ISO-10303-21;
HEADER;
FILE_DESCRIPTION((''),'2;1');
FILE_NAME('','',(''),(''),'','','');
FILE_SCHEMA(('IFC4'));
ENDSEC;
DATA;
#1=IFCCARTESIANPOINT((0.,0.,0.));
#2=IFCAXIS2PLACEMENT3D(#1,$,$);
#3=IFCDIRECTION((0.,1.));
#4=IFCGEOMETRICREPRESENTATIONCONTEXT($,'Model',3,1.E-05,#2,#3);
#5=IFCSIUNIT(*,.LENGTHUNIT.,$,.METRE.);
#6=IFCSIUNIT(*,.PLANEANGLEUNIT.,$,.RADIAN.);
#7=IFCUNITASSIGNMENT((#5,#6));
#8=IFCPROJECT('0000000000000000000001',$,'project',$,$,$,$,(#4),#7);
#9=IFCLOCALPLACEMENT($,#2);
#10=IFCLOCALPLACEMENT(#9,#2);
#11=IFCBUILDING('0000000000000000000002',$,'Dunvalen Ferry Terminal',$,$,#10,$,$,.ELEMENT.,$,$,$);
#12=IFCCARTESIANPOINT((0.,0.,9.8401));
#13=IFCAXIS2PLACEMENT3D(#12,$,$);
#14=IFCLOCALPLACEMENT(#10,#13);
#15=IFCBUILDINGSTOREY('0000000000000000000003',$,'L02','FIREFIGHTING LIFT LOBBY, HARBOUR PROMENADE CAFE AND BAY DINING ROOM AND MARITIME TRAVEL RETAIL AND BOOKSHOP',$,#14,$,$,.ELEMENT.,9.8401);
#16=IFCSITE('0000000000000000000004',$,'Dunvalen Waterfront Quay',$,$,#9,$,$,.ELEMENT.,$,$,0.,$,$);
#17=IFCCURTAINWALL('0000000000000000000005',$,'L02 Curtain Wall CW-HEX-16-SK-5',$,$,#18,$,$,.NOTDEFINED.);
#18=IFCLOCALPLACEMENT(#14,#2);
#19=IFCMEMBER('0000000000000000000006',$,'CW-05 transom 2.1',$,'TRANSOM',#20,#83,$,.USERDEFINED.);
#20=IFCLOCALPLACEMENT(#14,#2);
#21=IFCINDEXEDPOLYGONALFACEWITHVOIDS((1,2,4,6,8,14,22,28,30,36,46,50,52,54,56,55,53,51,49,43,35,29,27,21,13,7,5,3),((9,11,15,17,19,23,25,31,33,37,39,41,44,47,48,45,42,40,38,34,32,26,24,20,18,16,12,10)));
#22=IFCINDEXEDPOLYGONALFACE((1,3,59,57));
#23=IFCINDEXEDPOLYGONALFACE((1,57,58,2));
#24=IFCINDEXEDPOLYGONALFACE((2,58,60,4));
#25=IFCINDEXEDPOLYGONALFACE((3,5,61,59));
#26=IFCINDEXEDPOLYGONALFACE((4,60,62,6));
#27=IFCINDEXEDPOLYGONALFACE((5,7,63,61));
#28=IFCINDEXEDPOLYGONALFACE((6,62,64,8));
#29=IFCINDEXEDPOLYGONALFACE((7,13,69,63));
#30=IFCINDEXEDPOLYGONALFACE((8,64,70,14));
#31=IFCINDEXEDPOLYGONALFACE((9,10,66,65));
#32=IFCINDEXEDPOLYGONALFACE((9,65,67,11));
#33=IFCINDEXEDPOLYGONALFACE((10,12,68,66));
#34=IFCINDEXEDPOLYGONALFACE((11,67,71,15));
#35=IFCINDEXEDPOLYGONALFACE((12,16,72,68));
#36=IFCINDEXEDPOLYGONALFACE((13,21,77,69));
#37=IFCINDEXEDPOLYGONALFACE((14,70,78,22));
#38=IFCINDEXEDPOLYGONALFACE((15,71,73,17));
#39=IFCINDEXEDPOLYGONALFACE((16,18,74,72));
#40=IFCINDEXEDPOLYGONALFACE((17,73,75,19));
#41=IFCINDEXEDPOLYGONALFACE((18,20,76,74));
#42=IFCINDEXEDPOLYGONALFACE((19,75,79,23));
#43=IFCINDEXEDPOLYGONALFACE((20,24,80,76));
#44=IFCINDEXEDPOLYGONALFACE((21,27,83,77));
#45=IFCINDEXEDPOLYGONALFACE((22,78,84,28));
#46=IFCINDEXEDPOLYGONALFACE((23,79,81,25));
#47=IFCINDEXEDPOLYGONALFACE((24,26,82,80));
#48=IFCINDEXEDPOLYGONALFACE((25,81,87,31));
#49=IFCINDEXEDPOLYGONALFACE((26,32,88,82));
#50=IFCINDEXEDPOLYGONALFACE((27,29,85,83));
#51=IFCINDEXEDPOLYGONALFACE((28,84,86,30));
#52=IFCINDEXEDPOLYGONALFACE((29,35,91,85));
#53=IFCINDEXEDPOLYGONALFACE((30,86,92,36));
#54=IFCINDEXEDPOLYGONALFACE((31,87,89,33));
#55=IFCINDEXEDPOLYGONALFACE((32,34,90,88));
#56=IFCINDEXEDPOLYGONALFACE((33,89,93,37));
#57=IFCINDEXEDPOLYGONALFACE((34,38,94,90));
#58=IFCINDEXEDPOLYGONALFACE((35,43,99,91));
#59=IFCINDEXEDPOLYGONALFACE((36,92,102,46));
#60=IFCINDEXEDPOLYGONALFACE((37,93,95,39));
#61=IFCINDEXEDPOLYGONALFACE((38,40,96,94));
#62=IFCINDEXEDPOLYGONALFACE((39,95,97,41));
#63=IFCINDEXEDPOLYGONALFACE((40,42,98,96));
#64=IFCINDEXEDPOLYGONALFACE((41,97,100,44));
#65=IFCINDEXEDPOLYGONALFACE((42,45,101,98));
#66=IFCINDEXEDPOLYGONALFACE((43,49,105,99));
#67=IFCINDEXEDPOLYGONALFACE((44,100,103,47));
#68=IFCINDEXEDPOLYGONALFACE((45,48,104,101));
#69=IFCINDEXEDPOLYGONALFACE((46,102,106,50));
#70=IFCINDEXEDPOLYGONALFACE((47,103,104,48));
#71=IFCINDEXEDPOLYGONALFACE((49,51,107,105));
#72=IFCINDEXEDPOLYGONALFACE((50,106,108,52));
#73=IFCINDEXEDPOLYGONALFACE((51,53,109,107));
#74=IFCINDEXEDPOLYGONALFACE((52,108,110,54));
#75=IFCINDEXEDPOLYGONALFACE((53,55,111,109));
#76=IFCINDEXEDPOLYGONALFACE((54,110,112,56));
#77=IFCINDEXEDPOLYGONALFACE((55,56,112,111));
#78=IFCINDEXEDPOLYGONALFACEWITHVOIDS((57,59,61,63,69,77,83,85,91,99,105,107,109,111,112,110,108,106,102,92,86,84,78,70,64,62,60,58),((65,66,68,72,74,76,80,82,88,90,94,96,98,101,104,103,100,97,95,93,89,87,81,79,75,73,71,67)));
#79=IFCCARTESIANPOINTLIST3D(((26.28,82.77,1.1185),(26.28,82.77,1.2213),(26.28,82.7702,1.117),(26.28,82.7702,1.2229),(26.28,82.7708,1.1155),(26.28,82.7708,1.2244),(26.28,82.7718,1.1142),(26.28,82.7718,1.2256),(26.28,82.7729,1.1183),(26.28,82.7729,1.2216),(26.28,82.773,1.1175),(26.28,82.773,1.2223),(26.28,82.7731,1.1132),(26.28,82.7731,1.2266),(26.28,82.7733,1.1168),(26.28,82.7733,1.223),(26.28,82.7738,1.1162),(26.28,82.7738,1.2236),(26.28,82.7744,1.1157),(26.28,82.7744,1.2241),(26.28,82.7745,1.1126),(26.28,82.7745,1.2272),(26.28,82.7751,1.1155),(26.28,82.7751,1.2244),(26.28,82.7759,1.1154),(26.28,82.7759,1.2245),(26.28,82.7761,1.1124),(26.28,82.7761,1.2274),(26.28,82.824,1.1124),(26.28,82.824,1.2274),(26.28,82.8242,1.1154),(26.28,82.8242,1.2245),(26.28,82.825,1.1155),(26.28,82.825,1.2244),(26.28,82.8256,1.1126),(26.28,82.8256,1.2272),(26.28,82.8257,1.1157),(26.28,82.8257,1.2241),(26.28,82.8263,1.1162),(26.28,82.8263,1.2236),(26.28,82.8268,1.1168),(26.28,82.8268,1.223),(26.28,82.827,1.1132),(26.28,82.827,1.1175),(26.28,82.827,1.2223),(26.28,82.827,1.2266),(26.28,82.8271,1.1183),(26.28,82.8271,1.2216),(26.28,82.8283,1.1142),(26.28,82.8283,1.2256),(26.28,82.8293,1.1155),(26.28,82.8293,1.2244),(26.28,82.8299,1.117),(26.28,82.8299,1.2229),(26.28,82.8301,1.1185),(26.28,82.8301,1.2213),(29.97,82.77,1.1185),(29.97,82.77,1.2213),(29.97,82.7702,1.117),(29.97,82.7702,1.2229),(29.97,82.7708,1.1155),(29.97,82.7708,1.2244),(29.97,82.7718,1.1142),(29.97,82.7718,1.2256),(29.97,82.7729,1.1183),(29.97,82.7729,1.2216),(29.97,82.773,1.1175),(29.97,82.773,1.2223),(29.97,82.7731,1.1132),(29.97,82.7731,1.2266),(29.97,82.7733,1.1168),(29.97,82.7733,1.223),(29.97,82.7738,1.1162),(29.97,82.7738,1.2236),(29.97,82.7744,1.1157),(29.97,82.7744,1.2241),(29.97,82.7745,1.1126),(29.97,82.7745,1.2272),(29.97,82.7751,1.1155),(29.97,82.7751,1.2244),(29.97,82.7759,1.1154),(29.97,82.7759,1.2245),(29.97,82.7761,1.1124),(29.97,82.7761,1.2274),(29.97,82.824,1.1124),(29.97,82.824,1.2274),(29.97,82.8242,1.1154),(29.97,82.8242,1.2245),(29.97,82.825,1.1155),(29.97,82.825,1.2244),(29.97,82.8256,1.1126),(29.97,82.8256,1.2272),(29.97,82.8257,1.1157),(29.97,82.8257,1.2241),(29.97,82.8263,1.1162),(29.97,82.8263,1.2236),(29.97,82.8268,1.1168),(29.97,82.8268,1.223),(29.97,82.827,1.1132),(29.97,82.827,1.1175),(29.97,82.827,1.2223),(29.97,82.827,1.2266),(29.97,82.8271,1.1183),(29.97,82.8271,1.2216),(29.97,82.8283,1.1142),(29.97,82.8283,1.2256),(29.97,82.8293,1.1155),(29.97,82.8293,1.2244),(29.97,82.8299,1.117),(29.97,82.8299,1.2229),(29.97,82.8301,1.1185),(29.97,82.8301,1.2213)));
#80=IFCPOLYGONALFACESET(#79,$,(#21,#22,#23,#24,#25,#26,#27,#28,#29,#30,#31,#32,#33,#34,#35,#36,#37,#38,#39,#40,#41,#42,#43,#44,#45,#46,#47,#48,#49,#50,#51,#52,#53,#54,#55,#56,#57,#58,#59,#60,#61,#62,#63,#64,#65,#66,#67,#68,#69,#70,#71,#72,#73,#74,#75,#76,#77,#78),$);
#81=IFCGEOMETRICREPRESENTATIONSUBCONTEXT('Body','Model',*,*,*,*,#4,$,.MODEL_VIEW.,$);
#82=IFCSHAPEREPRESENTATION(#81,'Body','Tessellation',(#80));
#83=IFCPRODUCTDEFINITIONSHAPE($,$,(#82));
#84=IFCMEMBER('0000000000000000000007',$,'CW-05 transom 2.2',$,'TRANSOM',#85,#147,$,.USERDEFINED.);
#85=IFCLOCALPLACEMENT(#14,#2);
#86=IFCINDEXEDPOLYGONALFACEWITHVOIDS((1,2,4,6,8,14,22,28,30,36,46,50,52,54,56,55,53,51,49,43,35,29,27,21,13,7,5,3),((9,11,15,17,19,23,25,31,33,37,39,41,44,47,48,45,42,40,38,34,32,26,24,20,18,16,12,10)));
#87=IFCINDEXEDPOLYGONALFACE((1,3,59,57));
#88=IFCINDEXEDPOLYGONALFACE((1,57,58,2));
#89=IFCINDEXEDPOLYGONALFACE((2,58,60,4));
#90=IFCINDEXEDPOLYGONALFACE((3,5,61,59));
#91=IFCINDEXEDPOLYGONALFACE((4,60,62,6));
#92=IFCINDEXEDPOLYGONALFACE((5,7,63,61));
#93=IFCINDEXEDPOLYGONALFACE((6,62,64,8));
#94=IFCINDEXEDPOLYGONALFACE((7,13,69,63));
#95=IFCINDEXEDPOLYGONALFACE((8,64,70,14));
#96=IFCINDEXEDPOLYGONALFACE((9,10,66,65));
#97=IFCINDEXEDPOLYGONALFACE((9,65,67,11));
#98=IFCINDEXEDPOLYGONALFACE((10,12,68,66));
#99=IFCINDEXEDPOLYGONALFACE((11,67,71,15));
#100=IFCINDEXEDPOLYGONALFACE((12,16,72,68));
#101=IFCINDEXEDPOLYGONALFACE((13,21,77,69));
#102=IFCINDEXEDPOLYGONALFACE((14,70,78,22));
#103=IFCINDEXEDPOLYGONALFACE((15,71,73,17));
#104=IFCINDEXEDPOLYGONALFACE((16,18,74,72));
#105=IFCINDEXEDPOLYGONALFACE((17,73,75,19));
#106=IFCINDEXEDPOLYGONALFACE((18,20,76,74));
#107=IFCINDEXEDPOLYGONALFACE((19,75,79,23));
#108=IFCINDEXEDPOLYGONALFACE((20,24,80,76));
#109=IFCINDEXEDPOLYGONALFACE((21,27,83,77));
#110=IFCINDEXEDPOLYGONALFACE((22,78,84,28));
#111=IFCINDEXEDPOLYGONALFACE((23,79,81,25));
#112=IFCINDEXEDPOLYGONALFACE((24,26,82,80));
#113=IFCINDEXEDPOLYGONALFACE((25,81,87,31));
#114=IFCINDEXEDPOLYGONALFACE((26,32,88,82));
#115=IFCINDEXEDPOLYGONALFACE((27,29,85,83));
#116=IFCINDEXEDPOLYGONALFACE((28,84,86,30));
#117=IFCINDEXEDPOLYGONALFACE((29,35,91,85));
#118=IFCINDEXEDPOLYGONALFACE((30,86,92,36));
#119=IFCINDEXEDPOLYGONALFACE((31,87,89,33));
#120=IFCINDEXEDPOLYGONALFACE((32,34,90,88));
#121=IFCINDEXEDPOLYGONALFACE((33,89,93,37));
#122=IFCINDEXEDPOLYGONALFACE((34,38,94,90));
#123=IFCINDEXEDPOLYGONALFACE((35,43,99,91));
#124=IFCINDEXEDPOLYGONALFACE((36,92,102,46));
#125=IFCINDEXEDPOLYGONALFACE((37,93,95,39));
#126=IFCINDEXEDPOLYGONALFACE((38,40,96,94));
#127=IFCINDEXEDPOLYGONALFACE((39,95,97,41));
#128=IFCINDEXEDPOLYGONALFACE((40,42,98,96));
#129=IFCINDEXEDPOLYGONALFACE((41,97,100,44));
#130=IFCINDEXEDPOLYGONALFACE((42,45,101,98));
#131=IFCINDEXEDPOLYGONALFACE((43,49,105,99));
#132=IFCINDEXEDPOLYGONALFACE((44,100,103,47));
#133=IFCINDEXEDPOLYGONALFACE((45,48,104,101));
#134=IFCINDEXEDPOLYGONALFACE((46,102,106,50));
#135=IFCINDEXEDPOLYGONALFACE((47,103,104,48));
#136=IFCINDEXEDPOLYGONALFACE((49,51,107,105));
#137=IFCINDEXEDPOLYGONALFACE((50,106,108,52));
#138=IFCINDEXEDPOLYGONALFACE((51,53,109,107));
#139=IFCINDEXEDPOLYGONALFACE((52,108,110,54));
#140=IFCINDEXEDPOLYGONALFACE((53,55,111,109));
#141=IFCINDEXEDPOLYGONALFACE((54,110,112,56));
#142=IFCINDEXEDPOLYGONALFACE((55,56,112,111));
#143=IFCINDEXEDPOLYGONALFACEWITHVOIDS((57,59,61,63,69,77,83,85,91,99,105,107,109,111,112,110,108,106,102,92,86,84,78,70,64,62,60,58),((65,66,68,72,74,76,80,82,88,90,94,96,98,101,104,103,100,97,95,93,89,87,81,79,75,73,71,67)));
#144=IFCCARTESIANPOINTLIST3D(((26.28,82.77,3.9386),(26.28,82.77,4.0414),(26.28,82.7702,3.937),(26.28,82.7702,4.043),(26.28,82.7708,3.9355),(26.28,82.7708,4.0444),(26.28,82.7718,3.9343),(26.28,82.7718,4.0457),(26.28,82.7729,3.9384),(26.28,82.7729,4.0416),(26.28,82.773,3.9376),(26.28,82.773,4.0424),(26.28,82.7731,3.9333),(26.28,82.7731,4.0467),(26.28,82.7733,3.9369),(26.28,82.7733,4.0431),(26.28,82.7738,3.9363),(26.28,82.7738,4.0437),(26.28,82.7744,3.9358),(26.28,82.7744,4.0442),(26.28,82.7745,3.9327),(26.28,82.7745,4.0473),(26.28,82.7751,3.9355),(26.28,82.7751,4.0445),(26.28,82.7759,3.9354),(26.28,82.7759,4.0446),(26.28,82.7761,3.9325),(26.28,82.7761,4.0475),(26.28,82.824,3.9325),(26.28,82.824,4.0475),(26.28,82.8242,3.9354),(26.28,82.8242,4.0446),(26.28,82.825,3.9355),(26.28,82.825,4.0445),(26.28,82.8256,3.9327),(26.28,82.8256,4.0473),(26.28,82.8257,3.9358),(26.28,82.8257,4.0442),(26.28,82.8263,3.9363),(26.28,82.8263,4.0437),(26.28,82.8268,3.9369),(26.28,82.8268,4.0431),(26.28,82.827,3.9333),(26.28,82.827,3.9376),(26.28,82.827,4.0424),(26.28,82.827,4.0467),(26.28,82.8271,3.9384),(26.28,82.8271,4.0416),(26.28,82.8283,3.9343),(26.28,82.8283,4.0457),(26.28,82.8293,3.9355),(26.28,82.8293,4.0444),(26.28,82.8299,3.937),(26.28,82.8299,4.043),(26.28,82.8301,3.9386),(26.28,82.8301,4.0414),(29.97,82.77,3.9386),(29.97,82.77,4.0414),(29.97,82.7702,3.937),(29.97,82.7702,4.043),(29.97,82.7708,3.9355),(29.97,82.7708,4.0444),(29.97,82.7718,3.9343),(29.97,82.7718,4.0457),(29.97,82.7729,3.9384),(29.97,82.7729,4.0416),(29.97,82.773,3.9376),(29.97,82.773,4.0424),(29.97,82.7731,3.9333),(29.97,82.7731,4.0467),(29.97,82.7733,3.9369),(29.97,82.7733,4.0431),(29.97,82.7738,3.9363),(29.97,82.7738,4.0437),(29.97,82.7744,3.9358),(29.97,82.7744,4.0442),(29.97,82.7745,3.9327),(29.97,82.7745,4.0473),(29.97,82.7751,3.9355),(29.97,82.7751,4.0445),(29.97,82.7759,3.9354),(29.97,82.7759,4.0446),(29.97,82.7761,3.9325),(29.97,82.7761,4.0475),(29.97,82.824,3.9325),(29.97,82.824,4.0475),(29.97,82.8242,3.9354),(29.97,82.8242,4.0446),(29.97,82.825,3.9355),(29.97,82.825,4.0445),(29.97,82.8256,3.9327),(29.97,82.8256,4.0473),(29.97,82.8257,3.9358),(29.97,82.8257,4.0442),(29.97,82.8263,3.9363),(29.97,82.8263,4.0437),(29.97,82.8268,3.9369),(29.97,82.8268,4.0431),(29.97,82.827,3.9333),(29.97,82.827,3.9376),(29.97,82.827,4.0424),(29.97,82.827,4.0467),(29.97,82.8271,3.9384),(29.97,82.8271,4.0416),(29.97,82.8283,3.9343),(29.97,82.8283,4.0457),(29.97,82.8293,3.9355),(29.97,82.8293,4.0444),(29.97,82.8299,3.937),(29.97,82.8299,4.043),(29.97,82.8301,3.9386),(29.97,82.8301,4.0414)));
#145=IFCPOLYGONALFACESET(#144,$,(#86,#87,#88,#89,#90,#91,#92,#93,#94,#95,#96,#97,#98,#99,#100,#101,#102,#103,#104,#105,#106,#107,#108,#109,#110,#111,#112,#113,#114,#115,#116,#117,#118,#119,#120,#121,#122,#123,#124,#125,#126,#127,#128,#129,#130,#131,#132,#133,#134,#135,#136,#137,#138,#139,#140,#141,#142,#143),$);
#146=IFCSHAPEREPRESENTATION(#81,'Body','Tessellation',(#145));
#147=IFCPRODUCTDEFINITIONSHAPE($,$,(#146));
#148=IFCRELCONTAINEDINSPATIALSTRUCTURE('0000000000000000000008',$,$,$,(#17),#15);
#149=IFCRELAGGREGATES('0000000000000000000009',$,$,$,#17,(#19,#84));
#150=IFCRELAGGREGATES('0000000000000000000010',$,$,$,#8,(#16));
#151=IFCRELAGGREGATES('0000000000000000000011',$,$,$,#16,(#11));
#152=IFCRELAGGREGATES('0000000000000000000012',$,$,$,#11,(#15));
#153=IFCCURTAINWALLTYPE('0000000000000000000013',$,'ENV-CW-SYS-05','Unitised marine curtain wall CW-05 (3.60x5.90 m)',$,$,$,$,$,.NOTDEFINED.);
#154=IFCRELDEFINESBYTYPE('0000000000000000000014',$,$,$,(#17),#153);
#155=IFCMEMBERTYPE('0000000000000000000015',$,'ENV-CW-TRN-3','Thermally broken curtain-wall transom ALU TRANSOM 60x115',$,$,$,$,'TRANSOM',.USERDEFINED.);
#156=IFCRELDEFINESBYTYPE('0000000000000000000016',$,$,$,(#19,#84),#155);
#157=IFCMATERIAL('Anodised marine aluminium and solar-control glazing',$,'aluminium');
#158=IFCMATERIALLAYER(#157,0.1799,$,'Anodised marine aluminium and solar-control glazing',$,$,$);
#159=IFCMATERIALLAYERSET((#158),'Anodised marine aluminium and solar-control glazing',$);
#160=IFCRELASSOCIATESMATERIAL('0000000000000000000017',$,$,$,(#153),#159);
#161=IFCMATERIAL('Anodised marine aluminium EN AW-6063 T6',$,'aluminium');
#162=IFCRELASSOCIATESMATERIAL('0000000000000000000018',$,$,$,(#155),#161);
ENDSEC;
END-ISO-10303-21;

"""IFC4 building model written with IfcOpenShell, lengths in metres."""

from ifc_helpers import new_model, si_unit, direction, frame, origin, origin_2d, place, context, subcontext, project, spatial, hollow_rectangle, extrude, material, layer, layer_set, material_profile, profile_set, type_object, element, aggregate, save


model = new_model("IFC4")

# Units and contexts
model_context = context("Model", 3, precision=1e-05, world=origin(), true_north=direction((0.0, 1.0)))
body_context = subcontext(model_context, "Body", "Model", "MODEL_VIEW")
ifc_project = project(units=[si_unit("LENGTHUNIT", "METRE"), si_unit("PLANEANGLEUNIT", "RADIAN")], contexts=[model_context])

# Site, building, storey
site_placement = place(None, origin())
site = spatial("IfcSite", under=ifc_project, at=site_placement, Name="Dunvalen Waterfront Quay", CompositionType="ELEMENT", RefElevation=0.0)
building_placement = place(site_placement, origin())
building = spatial("IfcBuilding", under=site, at=building_placement, Name="Dunvalen Ferry Terminal", CompositionType="ELEMENT")
storey_placement = place(building_placement, frame((0.0, 0.0, 9.8401)))
storey = spatial("IfcBuildingStorey", under=building, at=storey_placement, Name="L02", Description="FIREFIGHTING LIFT LOBBY, HARBOUR PROMENADE CAFE AND BAY DINING ROOM AND MARITIME TRAVEL RETAIL AND BOOKSHOP", CompositionType="ELEMENT", Elevation=9.8401)

# Curtain wall, members
ifc_material_1 = material(Name="Anodised marine aluminium and solar-control glazing", Category="aluminium")
ifc_layer_1 = layer(ifc_material_1, 0.1799, Name="Anodised marine aluminium and solar-control glazing")
ifc_layer_set_1 = layer_set([ifc_layer_1], Name="Anodised marine aluminium and solar-control glazing")
curtain_wall_type = type_object("IfcCurtainWallType", Name="ENV-CW-SYS-05", Description="Unitised marine curtain wall CW-05 (3.60x5.90 m)", PredefinedType="NOTDEFINED", material=ifc_layer_set_1)
curtain_wall_placement = place(storey_placement, origin())
curtain_wall = element("IfcCurtainWall", 1, at=curtain_wall_placement, inside=storey, type_object=curtain_wall_type, Name="L02 Curtain Wall CW-HEX-16-SK-5", PredefinedType="NOTDEFINED")
ifc_material_2 = material(Name="Anodised marine aluminium EN AW-6063 T6", Category="aluminium")
ifc_material_profile_1 = material_profile(ifc_material_2, hollow_rectangle(XDim=0.0601, YDim=0.115, WallThickness=0.0029, InnerFilletRadius=0.0029, OuterFilletRadius=0.0061, at=origin_2d()), Name="Anodised marine aluminium EN AW-6063 T6")
ifc_profile_set_1 = profile_set([ifc_material_profile_1], Name="Anodised marine aluminium EN AW-6063 T6")
member_type_1 = type_object("IfcMemberType", Name="ENV-CW-TRN-3", Description="Thermally broken curtain-wall transom ALU TRANSOM 60x115", ElementType="TRANSOM", PredefinedType="USERDEFINED", material=ifc_profile_set_1)
member_1_placement = place(storey_placement, frame((29.97, 82.8, 1.1699), z_axis=(-1.0, 0.0, 0.0), x_axis=(0.0, -1.0, 0.0)))
member_1 = element("IfcMember", 2, at=member_1_placement, type_object=member_type_1, Name="CW-05 transom 2.1", ObjectType="TRANSOM", PredefinedType="USERDEFINED", context=body_context, shape_type="SweptSolid", body=[
    extrude(hollow_rectangle(XDim=0.0601, YDim=0.115, WallThickness=0.0029, InnerFilletRadius=0.0029, OuterFilletRadius=0.0061, at=origin_2d()), origin(), (0.0, 0.0, 1.0), 3.6899),
])
member_2_placement = place(storey_placement, frame((29.97, 82.8, 3.99), z_axis=(-1.0, 0.0, 0.0), x_axis=(0.0, -1.0, 0.0)))
member_2 = element("IfcMember", 3, at=member_2_placement, type_object=member_type_1, Name="CW-05 transom 2.2", ObjectType="TRANSOM", PredefinedType="USERDEFINED", context=body_context, shape_type="SweptSolid", body=[
    extrude(hollow_rectangle(XDim=0.0601, YDim=0.115, WallThickness=0.0029, InnerFilletRadius=0.0029, OuterFilletRadius=0.0061, at=origin_2d()), origin(), (0.0, 0.0, 1.0), 3.6899),
])

aggregate(curtain_wall, [member_1, member_2])

save(model, "model.ifc")
